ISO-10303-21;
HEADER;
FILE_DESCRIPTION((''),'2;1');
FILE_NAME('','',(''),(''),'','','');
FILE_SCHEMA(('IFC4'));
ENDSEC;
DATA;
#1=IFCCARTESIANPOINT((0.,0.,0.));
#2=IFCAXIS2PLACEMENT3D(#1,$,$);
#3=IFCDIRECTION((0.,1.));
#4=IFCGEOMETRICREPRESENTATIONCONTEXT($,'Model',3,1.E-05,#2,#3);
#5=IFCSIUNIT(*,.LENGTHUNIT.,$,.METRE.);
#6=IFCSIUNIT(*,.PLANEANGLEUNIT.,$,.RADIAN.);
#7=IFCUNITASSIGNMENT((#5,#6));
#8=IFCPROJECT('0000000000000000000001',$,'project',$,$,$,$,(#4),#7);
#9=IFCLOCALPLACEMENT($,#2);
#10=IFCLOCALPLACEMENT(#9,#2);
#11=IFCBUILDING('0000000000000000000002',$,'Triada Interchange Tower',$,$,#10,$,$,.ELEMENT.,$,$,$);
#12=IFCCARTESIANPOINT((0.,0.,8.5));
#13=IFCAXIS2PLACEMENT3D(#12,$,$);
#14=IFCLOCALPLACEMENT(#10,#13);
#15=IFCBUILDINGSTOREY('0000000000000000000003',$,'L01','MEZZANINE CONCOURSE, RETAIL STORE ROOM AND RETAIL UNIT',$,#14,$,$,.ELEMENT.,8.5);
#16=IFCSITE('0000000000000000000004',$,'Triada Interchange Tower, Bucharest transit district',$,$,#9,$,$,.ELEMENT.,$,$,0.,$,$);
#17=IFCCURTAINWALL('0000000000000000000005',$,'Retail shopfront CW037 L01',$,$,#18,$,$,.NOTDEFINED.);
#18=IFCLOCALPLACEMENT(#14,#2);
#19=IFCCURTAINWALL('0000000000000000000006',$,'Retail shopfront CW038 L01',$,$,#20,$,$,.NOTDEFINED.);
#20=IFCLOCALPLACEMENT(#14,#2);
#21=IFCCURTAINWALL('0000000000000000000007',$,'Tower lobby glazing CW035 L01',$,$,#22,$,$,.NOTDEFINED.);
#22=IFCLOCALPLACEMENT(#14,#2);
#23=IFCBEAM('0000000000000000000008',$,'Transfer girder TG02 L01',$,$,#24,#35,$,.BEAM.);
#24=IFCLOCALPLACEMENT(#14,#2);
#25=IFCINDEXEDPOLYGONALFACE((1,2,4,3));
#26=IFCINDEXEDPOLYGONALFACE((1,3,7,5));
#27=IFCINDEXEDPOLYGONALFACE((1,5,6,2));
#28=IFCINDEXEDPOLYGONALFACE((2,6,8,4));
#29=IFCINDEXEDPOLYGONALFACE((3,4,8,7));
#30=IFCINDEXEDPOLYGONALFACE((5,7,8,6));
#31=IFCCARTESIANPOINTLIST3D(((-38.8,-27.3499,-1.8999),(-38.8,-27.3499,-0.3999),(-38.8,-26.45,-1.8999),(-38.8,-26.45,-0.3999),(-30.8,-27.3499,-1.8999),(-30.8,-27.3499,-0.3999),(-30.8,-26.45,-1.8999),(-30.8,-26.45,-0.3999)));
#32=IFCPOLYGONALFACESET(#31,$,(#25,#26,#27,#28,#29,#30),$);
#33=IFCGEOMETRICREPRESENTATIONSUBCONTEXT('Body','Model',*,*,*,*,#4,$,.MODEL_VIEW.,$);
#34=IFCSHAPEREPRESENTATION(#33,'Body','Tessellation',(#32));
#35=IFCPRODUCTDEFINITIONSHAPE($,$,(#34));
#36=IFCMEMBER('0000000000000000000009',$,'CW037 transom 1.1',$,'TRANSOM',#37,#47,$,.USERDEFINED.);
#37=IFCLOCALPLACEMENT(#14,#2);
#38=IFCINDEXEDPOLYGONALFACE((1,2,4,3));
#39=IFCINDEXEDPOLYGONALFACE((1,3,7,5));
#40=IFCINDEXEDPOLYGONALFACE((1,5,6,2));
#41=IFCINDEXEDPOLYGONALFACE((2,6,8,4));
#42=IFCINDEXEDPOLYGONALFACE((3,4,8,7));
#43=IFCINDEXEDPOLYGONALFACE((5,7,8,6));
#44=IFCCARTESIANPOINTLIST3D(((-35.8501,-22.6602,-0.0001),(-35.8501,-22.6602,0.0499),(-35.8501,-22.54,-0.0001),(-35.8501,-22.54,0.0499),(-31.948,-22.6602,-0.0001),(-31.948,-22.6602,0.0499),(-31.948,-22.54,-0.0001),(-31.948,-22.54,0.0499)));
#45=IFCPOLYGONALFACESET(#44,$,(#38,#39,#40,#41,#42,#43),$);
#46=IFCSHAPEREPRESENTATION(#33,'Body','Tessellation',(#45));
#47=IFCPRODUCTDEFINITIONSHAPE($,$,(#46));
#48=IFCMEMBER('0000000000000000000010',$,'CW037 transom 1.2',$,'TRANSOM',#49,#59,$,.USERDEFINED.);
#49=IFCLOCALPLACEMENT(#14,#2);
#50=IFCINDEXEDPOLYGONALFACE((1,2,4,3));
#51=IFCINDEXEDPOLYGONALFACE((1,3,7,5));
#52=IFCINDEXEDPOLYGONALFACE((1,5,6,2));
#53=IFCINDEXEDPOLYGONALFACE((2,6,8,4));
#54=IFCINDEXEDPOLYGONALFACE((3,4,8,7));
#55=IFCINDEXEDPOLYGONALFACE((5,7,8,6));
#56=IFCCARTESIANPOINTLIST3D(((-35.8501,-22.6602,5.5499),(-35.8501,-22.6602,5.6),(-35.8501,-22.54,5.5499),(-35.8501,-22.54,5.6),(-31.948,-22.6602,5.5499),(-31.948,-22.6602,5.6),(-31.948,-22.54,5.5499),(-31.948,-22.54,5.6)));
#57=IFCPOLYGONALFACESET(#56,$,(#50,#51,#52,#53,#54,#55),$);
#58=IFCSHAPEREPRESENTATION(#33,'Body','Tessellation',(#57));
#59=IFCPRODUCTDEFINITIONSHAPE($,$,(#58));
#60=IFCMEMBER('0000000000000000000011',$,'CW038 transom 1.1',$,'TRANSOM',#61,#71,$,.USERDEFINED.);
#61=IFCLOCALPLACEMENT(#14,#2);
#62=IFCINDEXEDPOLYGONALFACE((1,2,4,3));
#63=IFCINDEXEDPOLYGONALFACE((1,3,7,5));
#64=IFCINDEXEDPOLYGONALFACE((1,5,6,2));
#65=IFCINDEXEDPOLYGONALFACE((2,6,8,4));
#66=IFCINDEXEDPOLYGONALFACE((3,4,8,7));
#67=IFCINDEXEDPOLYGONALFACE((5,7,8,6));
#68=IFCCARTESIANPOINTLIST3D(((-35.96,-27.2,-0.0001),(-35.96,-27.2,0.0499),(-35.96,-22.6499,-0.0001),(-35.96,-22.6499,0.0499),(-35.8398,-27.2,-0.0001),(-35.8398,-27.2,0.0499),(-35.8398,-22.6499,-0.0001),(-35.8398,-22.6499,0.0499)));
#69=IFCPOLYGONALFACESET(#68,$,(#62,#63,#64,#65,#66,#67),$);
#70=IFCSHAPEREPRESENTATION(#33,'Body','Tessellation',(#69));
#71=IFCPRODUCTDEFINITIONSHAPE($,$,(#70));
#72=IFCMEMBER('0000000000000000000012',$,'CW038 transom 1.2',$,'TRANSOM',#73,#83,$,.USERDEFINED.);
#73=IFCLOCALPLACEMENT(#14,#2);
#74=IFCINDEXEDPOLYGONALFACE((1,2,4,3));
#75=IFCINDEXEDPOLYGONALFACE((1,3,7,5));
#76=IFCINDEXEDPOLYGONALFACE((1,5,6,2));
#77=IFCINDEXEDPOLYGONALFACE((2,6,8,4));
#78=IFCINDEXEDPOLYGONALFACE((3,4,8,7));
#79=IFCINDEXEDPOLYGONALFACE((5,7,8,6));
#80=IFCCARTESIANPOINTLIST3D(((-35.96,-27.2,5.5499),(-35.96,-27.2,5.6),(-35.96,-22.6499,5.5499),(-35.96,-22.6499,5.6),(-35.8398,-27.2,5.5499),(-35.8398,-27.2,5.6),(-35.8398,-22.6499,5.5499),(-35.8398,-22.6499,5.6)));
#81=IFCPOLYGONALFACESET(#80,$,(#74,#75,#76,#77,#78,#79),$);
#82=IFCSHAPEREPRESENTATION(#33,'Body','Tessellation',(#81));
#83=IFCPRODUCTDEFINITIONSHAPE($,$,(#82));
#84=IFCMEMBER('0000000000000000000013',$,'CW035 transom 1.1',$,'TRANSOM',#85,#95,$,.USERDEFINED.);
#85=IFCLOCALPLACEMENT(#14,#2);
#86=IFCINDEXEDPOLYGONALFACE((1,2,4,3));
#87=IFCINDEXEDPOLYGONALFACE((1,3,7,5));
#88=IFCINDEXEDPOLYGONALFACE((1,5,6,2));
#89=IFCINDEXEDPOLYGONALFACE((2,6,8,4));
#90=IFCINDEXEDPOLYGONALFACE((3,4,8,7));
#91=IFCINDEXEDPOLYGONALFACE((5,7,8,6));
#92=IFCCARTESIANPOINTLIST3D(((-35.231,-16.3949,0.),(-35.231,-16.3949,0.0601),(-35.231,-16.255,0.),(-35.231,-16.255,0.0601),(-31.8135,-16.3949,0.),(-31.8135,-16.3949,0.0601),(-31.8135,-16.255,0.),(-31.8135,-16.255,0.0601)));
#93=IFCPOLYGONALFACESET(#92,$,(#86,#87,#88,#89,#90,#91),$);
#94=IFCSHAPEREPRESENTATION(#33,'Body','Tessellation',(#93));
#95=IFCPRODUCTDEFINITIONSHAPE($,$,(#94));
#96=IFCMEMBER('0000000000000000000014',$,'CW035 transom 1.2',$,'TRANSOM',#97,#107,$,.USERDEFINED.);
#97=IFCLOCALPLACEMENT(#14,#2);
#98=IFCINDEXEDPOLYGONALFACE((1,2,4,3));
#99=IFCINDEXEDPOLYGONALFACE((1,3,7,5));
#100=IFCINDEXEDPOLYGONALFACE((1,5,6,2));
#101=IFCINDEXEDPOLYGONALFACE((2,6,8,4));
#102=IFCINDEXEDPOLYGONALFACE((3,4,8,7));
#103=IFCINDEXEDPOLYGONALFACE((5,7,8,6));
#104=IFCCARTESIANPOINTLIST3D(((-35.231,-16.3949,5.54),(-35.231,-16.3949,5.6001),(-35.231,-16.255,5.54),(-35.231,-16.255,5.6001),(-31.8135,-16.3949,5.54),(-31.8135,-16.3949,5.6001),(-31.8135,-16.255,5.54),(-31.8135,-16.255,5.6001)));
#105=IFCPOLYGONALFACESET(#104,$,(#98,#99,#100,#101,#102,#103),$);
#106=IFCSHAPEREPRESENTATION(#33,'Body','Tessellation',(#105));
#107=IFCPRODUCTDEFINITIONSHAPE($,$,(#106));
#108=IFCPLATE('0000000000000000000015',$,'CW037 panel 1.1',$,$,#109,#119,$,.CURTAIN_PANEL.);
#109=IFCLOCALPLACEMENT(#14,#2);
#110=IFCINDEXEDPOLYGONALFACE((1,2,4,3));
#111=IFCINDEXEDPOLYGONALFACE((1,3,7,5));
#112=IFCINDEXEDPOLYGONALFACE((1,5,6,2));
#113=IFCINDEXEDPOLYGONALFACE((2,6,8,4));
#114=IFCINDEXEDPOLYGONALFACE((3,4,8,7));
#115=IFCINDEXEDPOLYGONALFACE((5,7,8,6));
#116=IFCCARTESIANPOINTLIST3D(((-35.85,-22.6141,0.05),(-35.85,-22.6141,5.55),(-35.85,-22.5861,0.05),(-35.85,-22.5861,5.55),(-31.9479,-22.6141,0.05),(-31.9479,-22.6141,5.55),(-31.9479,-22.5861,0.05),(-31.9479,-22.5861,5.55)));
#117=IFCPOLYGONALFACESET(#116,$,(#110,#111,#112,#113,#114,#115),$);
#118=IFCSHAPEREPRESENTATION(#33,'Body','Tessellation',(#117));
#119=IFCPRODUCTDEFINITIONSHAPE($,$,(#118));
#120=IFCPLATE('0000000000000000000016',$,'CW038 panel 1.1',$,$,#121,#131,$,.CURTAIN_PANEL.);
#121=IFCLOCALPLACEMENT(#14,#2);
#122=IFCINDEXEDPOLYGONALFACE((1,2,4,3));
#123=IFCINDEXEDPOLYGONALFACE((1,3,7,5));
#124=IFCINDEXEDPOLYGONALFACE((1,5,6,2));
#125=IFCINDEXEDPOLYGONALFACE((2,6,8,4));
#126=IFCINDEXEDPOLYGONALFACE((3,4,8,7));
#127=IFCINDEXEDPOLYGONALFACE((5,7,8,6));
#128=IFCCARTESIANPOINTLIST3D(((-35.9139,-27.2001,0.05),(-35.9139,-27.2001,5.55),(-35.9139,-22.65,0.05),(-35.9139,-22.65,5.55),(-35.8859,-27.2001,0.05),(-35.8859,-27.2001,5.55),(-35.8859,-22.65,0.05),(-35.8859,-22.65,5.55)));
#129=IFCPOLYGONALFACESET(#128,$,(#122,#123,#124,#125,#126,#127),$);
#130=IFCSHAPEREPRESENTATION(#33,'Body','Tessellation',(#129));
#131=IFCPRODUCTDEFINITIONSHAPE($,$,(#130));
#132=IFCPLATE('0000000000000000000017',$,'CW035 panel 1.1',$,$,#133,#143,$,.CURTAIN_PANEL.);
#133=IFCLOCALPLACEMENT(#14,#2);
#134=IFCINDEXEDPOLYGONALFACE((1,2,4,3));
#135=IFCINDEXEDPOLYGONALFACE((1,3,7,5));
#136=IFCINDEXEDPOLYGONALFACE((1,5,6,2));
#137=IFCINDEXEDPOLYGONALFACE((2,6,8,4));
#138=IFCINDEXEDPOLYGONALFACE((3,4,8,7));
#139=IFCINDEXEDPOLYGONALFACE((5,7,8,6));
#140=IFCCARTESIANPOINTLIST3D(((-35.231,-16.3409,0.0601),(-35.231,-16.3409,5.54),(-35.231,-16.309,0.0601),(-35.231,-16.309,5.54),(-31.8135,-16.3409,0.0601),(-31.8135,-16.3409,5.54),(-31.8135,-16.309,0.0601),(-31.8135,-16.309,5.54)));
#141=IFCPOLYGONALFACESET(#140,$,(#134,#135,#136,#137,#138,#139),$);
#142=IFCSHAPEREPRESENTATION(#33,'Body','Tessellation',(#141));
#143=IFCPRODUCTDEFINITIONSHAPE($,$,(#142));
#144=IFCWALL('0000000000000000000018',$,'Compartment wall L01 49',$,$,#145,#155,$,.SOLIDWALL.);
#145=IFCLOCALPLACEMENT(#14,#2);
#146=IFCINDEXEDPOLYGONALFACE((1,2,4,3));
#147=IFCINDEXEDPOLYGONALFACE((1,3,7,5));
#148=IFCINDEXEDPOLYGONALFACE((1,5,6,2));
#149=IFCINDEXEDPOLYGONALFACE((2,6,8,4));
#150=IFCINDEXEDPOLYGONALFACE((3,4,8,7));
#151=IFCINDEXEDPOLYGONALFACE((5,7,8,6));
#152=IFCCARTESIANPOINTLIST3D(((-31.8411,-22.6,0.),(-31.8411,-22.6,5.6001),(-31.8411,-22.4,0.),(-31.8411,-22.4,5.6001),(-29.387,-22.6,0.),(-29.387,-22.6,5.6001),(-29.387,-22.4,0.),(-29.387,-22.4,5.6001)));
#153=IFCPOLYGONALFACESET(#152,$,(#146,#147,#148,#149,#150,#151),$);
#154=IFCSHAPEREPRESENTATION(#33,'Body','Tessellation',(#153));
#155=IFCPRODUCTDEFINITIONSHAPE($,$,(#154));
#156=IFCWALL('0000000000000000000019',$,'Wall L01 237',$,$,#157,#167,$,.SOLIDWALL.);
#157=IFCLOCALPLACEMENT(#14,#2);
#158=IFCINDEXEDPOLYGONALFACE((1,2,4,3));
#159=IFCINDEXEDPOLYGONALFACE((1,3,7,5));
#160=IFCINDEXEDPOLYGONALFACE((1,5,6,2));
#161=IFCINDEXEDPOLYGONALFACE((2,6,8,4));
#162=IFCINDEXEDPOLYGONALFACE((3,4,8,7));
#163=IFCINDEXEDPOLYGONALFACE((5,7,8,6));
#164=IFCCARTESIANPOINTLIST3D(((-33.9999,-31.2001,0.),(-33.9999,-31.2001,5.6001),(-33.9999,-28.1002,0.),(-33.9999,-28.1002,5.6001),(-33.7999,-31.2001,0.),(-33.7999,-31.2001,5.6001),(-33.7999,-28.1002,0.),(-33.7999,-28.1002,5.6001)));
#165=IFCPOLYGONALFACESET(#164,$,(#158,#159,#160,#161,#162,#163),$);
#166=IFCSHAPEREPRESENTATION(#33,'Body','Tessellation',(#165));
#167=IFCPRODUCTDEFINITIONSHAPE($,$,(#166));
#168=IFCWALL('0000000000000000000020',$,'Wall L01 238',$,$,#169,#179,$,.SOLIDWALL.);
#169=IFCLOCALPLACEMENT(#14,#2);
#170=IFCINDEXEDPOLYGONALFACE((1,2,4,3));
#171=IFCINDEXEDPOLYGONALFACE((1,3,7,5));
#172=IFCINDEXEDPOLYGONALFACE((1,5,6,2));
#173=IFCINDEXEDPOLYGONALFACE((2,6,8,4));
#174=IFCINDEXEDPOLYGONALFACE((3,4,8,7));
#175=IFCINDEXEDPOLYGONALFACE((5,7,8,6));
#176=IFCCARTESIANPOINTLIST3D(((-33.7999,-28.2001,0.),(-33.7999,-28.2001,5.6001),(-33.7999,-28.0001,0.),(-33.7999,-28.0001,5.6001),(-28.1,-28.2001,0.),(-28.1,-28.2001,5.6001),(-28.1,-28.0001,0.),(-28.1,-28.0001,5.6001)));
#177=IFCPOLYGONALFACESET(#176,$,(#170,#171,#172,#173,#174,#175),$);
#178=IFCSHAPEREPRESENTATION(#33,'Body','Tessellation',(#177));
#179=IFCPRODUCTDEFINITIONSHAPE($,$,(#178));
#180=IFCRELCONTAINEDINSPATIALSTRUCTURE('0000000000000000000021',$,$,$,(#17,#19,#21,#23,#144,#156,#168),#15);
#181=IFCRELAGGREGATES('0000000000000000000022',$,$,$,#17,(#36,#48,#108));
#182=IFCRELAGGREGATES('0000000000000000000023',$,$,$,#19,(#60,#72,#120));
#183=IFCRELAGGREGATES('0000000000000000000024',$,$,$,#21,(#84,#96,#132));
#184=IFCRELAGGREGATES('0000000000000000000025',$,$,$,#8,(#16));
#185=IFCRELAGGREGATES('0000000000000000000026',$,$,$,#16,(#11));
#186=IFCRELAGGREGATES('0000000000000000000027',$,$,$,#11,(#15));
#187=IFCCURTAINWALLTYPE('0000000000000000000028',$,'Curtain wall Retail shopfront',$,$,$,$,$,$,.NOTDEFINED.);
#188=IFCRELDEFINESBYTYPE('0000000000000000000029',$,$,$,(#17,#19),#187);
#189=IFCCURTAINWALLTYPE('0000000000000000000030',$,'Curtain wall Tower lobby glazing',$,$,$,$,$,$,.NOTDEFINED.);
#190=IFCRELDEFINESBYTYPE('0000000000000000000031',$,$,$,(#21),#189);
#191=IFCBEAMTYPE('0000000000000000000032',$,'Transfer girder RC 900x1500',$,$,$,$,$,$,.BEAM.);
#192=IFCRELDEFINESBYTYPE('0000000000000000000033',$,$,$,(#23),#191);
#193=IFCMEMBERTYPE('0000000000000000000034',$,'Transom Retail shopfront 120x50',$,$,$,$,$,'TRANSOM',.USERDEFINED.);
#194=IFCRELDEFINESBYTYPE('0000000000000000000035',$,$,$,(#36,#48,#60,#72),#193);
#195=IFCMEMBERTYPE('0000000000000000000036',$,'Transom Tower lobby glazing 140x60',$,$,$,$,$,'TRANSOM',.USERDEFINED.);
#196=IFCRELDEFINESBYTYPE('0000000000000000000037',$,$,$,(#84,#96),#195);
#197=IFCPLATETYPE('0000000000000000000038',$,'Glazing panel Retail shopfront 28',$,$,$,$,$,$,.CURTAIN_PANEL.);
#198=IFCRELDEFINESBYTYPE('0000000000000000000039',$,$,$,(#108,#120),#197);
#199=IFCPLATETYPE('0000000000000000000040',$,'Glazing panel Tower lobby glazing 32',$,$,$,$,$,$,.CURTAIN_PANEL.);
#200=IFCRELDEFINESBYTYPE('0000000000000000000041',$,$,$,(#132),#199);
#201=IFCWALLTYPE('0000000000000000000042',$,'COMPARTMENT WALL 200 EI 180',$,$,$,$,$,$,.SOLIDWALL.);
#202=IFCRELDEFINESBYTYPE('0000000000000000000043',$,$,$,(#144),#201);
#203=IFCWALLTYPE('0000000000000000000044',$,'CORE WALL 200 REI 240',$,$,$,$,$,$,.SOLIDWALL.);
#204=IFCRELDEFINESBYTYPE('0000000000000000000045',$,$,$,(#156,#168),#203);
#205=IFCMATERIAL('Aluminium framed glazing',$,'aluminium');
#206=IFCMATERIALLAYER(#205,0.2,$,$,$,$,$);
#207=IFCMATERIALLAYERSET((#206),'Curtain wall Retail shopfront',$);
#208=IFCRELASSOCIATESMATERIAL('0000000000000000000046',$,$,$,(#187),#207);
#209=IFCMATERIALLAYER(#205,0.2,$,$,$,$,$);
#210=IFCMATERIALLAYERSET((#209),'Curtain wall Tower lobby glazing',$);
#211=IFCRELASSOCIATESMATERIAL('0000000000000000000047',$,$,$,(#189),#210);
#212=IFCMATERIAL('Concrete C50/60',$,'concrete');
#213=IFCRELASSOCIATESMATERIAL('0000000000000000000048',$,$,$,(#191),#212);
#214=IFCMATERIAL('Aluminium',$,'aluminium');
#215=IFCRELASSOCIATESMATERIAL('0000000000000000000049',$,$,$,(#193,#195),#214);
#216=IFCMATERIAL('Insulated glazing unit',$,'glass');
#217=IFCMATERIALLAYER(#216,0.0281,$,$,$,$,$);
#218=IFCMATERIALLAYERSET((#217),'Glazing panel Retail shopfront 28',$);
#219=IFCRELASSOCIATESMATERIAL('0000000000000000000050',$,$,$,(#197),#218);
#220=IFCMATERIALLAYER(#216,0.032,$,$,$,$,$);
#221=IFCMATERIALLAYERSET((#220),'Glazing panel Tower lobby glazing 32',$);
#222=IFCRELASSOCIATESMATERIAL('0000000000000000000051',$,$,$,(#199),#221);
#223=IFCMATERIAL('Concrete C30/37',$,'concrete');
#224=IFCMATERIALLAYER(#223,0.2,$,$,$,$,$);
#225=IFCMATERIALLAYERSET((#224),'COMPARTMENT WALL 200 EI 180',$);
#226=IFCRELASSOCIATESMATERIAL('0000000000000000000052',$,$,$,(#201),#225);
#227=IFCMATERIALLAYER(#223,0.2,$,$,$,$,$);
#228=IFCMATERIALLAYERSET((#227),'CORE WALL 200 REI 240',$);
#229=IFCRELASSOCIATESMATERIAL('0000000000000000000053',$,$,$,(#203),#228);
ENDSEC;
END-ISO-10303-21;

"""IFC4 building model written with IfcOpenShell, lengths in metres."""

from ifc_helpers import new_model, si_unit, direction, frame, frame_2d, origin, origin_2d, place, context, subcontext, project, spatial, rectangle, extrude, material, layer, layer_set, material_profile, profile_set, type_object, element, aggregate, save


model = new_model("IFC4")

# Units and contexts
model_context = context("Model", 3, precision=1e-05, world=origin(), true_north=direction((0.0, 1.0)))
body_context = subcontext(model_context, "Body", "Model", "MODEL_VIEW")
ifc_project = project(units=[si_unit("LENGTHUNIT", "METRE"), si_unit("PLANEANGLEUNIT", "RADIAN")], contexts=[model_context])

# Site, building, storey
site_placement = place(None, origin())
site = spatial("IfcSite", under=ifc_project, at=site_placement, Name="Triada Interchange Tower, Bucharest transit district", CompositionType="ELEMENT", RefElevation=0.0)
building_placement = place(site_placement, origin())
building = spatial("IfcBuilding", under=site, at=building_placement, Name="Triada Interchange Tower", CompositionType="ELEMENT")
storey_placement = place(building_placement, frame((0.0, 0.0, 8.5)))
storey = spatial("IfcBuildingStorey", under=building, at=storey_placement, Name="L01", Description="MEZZANINE CONCOURSE, RETAIL STORE ROOM AND RETAIL UNIT", CompositionType="ELEMENT", Elevation=8.5)

# Shared definitions
ifc_material_1 = material(Name="Concrete C50/60", Category="concrete")

# Shared definitions
ifc_material_2 = material(Name="Aluminium framed glazing", Category="aluminium")
ifc_material_3 = material(Name="Aluminium", Category="aluminium")

# Curtain walls
ifc_layer_1 = layer(ifc_material_2, 0.2)
ifc_layer_set_1 = layer_set([ifc_layer_1], Name="Curtain wall Retail shopfront")
curtain_wall_type_1 = type_object("IfcCurtainWallType", Name="Curtain wall Retail shopfront", PredefinedType="NOTDEFINED", material=ifc_layer_set_1)
curtain_wall_1_placement = place(storey_placement, origin())
curtain_wall_1 = element("IfcCurtainWall", 1, at=curtain_wall_1_placement, inside=storey, type_object=curtain_wall_type_1, Name="Retail shopfront CW037 L01", PredefinedType="NOTDEFINED")
curtain_wall_2_placement = place(storey_placement, origin())
curtain_wall_2 = element("IfcCurtainWall", 2, at=curtain_wall_2_placement, inside=storey, type_object=curtain_wall_type_1, Name="Retail shopfront CW038 L01", PredefinedType="NOTDEFINED")
ifc_layer_2 = layer(ifc_material_2, 0.2)
ifc_layer_set_2 = layer_set([ifc_layer_2], Name="Curtain wall Tower lobby glazing")
curtain_wall_type_2 = type_object("IfcCurtainWallType", Name="Curtain wall Tower lobby glazing", PredefinedType="NOTDEFINED", material=ifc_layer_set_2)
curtain_wall_3_placement = place(storey_placement, origin())
curtain_wall_3 = element("IfcCurtainWall", 3, at=curtain_wall_3_placement, inside=storey, type_object=curtain_wall_type_2, Name="Tower lobby glazing CW035 L01", PredefinedType="NOTDEFINED")

# Beam
ifc_material_profile_1 = material_profile(ifc_material_1, rectangle(XDim=0.8999, YDim=1.5, at=origin_2d()), Name="RC 900x1500")
ifc_profile_set_1 = profile_set([ifc_material_profile_1], Name="Concrete C50/60")
beam_type_1 = type_object("IfcBeamType", Name="Transfer girder RC 900x1500", PredefinedType="BEAM", material=ifc_profile_set_1)
beam_1_placement = place(storey_placement, frame((-38.8, -26.8999, -1.1499), z_axis=(1.0, 0.0, 0.0), x_axis=(0.0, 1.0, 0.0)))
element("IfcBeam", 4, at=beam_1_placement, inside=storey, type_object=beam_type_1, Name="Transfer girder TG02 L01", PredefinedType="BEAM", context=body_context, shape_type="SweptSolid", body=[
    extrude(rectangle(XDim=0.8999, YDim=1.5, at=origin_2d()), origin(), (0.0, 0.0, 1.0), 8.0),
])

# Members
ifc_material_profile_2 = material_profile(ifc_material_3, rectangle(XDim=0.1201, YDim=0.05, at=origin_2d()), Name="Aluminium transom")
ifc_profile_set_2 = profile_set([ifc_material_profile_2], Name="Aluminium")
member_type_1 = type_object("IfcMemberType", Name="Transom Retail shopfront 120x50", ElementType="TRANSOM", PredefinedType="USERDEFINED", material=ifc_profile_set_2)
member_1_placement = place(storey_placement, frame((-31.948, -22.6001, 0.0249), z_axis=(-1.0, 0.0, 0.0), x_axis=(0.0, -1.0, 0.0)))
member_1 = element("IfcMember", 5, at=member_1_placement, type_object=member_type_1, Name="CW037 transom 1.1", ObjectType="TRANSOM", PredefinedType="USERDEFINED", context=body_context, shape_type="SweptSolid", body=[
    extrude(rectangle(XDim=0.1201, YDim=0.05, at=origin_2d()), origin(), (0.0, 0.0, 1.0), 3.9021),
])
member_2_placement = place(storey_placement, frame((-31.948, -22.6001, 5.575), z_axis=(-1.0, 0.0, 0.0), x_axis=(0.0, -1.0, 0.0)))
member_2 = element("IfcMember", 6, at=member_2_placement, type_object=member_type_1, Name="CW037 transom 1.2", ObjectType="TRANSOM", PredefinedType="USERDEFINED", context=body_context, shape_type="SweptSolid", body=[
    extrude(rectangle(XDim=0.1201, YDim=0.05, at=origin_2d()), origin(), (0.0, 0.0, 1.0), 3.9021),
])
member_3_placement = place(storey_placement, frame((-35.8999, -22.6499, 0.0249), z_axis=(0.0, -1.0, 0.0), x_axis=(1.0, 0.0, 0.0)))
member_3 = element("IfcMember", 7, at=member_3_placement, type_object=member_type_1, Name="CW038 transom 1.1", ObjectType="TRANSOM", PredefinedType="USERDEFINED", context=body_context, shape_type="SweptSolid", body=[
    extrude(rectangle(XDim=0.1201, YDim=0.05, at=origin_2d()), origin(), (0.0, 0.0, 1.0), 4.55),
])
member_4_placement = place(storey_placement, frame((-35.8999, -22.6499, 5.575), z_axis=(0.0, -1.0, 0.0), x_axis=(1.0, 0.0, 0.0)))
member_4 = element("IfcMember", 8, at=member_4_placement, type_object=member_type_1, Name="CW038 transom 1.2", ObjectType="TRANSOM", PredefinedType="USERDEFINED", context=body_context, shape_type="SweptSolid", body=[
    extrude(rectangle(XDim=0.1201, YDim=0.05, at=origin_2d()), origin(), (0.0, 0.0, 1.0), 4.55),
])
ifc_material_profile_3 = material_profile(ifc_material_3, rectangle(XDim=0.1399, YDim=0.0601, at=origin_2d()), Name="Aluminium transom")
ifc_profile_set_3 = profile_set([ifc_material_profile_3], Name="Aluminium")
member_type_2 = type_object("IfcMemberType", Name="Transom Tower lobby glazing 140x60", ElementType="TRANSOM", PredefinedType="USERDEFINED", material=ifc_profile_set_3)
member_5_placement = place(storey_placement, frame((-35.231, -16.325, 0.03), z_axis=(1.0, 0.0, 0.0), x_axis=(0.0, 1.0, 0.0)))
member_5 = element("IfcMember", 9, at=member_5_placement, type_object=member_type_2, Name="CW035 transom 1.1", ObjectType="TRANSOM", PredefinedType="USERDEFINED", context=body_context, shape_type="SweptSolid", body=[
    extrude(rectangle(XDim=0.1399, YDim=0.0601, at=origin_2d()), origin(), (0.0, 0.0, 1.0), 3.4175),
])
member_6_placement = place(storey_placement, frame((-35.231, -16.325, 5.5701), z_axis=(1.0, 0.0, 0.0), x_axis=(0.0, 1.0, 0.0)))
member_6 = element("IfcMember", 10, at=member_6_placement, type_object=member_type_2, Name="CW035 transom 1.2", ObjectType="TRANSOM", PredefinedType="USERDEFINED", context=body_context, shape_type="SweptSolid", body=[
    extrude(rectangle(XDim=0.1399, YDim=0.0601, at=origin_2d()), origin(), (0.0, 0.0, 1.0), 3.4175),
])

# Plates
ifc_material_4 = material(Name="Insulated glazing unit", Category="glass")
ifc_layer_3 = layer(ifc_material_4, 0.0281)
ifc_layer_set_3 = layer_set([ifc_layer_3], Name="Glazing panel Retail shopfront 28")
plate_type_1 = type_object("IfcPlateType", Name="Glazing panel Retail shopfront 28", PredefinedType="CURTAIN_PANEL", material=ifc_layer_set_3)
plate_1_placement = place(storey_placement, frame((-33.8989, -22.6001, 0.05), z_axis=(0.0, 0.0, 1.0), x_axis=(-1.0, 0.0, 0.0)))
plate_1 = element("IfcPlate", 11, at=plate_1_placement, type_object=plate_type_1, Name="CW037 panel 1.1", PredefinedType="CURTAIN_PANEL", context=body_context, shape_type="SweptSolid", body=[
    extrude(rectangle(XDim=3.9021, YDim=0.0281, at=origin_2d()), origin(), (0.0, 0.0, 1.0), 5.5),
])
aggregate(curtain_wall_1, [member_1, member_2, plate_1])
plate_2_placement = place(storey_placement, frame((-35.8999, -24.925, 0.05), z_axis=(0.0, 0.0, 1.0), x_axis=(0.0, -1.0, 0.0)))
plate_2 = element("IfcPlate", 12, at=plate_2_placement, type_object=plate_type_1, Name="CW038 panel 1.1", PredefinedType="CURTAIN_PANEL", context=body_context, shape_type="SweptSolid", body=[
    extrude(rectangle(XDim=4.55, YDim=0.0281, at=origin_2d()), origin(), (0.0, 0.0, 1.0), 5.5),
])
aggregate(curtain_wall_2, [member_3, member_4, plate_2])
ifc_layer_4 = layer(ifc_material_4, 0.032)
ifc_layer_set_4 = layer_set([ifc_layer_4], Name="Glazing panel Tower lobby glazing 32")
plate_type_2 = type_object("IfcPlateType", Name="Glazing panel Tower lobby glazing 32", PredefinedType="CURTAIN_PANEL", material=ifc_layer_set_4)
plate_3_placement = place(storey_placement, frame((-33.5222, -16.325, 0.0601), z_axis=(0.0, 0.0, 1.0), x_axis=(1.0, 0.0, 0.0)))
plate_3 = element("IfcPlate", 13, at=plate_3_placement, type_object=plate_type_2, Name="CW035 panel 1.1", PredefinedType="CURTAIN_PANEL", context=body_context, shape_type="SweptSolid", body=[
    extrude(rectangle(XDim=3.4175, YDim=0.032, at=origin_2d()), origin(), (0.0, 0.0, 1.0), 5.48),
])
aggregate(curtain_wall_3, [member_5, member_6, plate_3])

# Walls
ifc_material_5 = material(Name="Concrete C30/37", Category="concrete")
ifc_layer_5 = layer(ifc_material_5, 0.2)
ifc_layer_set_5 = layer_set([ifc_layer_5], Name="COMPARTMENT WALL 200 EI 180")
wall_type_1 = type_object("IfcWallType", Name="COMPARTMENT WALL 200 EI 180", PredefinedType="SOLIDWALL", material=ifc_layer_set_5)
wall_1_placement = place(storey_placement, frame((-31.8411, -22.5, 0.0), z_axis=(0.0, 0.0, 1.0), x_axis=(1.0, 0.0, 0.0)))
element("IfcWall", 14, at=wall_1_placement, inside=storey, type_object=wall_type_1, Name="Compartment wall L01 49", PredefinedType="SOLIDWALL", context=body_context, shape_type="SweptSolid", body=[
    extrude(rectangle(XDim=2.4541, YDim=0.2, at=frame_2d((1.2271, 0.0))), origin(), (0.0, 0.0, 1.0), 5.6001),
])
ifc_layer_6 = layer(ifc_material_5, 0.2)
ifc_layer_set_6 = layer_set([ifc_layer_6], Name="CORE WALL 200 REI 240")
wall_type_2 = type_object("IfcWallType", Name="CORE WALL 200 REI 240", PredefinedType="SOLIDWALL", material=ifc_layer_set_6)
wall_2_placement = place(storey_placement, frame((-33.8999, -31.2, 0.0), z_axis=(0.0, 0.0, 1.0), x_axis=(0.0, 1.0, 0.0)))
element("IfcWall", 15, at=wall_2_placement, inside=storey, type_object=wall_type_2, Name="Wall L01 237", PredefinedType="SOLIDWALL", context=body_context, shape_type="SweptSolid", body=[
    extrude(rectangle(XDim=3.0999, YDim=0.2, at=frame_2d((1.5498, 0.0))), origin(), (0.0, 0.0, 1.0), 5.6001),
])
wall_3_placement = place(storey_placement, frame((-33.8, -28.1001, 0.0), z_axis=(0.0, 0.0, 1.0), x_axis=(1.0, 0.0, 0.0)))
element("IfcWall", 16, at=wall_3_placement, inside=storey, type_object=wall_type_2, Name="Wall L01 238", PredefinedType="SOLIDWALL", context=body_context, shape_type="SweptSolid", body=[
    extrude(rectangle(XDim=5.7, YDim=0.2, at=frame_2d((2.8501, 0.0))), origin(), (0.0, 0.0, 1.0), 5.6001),
])

save(model, "model.ifc")
